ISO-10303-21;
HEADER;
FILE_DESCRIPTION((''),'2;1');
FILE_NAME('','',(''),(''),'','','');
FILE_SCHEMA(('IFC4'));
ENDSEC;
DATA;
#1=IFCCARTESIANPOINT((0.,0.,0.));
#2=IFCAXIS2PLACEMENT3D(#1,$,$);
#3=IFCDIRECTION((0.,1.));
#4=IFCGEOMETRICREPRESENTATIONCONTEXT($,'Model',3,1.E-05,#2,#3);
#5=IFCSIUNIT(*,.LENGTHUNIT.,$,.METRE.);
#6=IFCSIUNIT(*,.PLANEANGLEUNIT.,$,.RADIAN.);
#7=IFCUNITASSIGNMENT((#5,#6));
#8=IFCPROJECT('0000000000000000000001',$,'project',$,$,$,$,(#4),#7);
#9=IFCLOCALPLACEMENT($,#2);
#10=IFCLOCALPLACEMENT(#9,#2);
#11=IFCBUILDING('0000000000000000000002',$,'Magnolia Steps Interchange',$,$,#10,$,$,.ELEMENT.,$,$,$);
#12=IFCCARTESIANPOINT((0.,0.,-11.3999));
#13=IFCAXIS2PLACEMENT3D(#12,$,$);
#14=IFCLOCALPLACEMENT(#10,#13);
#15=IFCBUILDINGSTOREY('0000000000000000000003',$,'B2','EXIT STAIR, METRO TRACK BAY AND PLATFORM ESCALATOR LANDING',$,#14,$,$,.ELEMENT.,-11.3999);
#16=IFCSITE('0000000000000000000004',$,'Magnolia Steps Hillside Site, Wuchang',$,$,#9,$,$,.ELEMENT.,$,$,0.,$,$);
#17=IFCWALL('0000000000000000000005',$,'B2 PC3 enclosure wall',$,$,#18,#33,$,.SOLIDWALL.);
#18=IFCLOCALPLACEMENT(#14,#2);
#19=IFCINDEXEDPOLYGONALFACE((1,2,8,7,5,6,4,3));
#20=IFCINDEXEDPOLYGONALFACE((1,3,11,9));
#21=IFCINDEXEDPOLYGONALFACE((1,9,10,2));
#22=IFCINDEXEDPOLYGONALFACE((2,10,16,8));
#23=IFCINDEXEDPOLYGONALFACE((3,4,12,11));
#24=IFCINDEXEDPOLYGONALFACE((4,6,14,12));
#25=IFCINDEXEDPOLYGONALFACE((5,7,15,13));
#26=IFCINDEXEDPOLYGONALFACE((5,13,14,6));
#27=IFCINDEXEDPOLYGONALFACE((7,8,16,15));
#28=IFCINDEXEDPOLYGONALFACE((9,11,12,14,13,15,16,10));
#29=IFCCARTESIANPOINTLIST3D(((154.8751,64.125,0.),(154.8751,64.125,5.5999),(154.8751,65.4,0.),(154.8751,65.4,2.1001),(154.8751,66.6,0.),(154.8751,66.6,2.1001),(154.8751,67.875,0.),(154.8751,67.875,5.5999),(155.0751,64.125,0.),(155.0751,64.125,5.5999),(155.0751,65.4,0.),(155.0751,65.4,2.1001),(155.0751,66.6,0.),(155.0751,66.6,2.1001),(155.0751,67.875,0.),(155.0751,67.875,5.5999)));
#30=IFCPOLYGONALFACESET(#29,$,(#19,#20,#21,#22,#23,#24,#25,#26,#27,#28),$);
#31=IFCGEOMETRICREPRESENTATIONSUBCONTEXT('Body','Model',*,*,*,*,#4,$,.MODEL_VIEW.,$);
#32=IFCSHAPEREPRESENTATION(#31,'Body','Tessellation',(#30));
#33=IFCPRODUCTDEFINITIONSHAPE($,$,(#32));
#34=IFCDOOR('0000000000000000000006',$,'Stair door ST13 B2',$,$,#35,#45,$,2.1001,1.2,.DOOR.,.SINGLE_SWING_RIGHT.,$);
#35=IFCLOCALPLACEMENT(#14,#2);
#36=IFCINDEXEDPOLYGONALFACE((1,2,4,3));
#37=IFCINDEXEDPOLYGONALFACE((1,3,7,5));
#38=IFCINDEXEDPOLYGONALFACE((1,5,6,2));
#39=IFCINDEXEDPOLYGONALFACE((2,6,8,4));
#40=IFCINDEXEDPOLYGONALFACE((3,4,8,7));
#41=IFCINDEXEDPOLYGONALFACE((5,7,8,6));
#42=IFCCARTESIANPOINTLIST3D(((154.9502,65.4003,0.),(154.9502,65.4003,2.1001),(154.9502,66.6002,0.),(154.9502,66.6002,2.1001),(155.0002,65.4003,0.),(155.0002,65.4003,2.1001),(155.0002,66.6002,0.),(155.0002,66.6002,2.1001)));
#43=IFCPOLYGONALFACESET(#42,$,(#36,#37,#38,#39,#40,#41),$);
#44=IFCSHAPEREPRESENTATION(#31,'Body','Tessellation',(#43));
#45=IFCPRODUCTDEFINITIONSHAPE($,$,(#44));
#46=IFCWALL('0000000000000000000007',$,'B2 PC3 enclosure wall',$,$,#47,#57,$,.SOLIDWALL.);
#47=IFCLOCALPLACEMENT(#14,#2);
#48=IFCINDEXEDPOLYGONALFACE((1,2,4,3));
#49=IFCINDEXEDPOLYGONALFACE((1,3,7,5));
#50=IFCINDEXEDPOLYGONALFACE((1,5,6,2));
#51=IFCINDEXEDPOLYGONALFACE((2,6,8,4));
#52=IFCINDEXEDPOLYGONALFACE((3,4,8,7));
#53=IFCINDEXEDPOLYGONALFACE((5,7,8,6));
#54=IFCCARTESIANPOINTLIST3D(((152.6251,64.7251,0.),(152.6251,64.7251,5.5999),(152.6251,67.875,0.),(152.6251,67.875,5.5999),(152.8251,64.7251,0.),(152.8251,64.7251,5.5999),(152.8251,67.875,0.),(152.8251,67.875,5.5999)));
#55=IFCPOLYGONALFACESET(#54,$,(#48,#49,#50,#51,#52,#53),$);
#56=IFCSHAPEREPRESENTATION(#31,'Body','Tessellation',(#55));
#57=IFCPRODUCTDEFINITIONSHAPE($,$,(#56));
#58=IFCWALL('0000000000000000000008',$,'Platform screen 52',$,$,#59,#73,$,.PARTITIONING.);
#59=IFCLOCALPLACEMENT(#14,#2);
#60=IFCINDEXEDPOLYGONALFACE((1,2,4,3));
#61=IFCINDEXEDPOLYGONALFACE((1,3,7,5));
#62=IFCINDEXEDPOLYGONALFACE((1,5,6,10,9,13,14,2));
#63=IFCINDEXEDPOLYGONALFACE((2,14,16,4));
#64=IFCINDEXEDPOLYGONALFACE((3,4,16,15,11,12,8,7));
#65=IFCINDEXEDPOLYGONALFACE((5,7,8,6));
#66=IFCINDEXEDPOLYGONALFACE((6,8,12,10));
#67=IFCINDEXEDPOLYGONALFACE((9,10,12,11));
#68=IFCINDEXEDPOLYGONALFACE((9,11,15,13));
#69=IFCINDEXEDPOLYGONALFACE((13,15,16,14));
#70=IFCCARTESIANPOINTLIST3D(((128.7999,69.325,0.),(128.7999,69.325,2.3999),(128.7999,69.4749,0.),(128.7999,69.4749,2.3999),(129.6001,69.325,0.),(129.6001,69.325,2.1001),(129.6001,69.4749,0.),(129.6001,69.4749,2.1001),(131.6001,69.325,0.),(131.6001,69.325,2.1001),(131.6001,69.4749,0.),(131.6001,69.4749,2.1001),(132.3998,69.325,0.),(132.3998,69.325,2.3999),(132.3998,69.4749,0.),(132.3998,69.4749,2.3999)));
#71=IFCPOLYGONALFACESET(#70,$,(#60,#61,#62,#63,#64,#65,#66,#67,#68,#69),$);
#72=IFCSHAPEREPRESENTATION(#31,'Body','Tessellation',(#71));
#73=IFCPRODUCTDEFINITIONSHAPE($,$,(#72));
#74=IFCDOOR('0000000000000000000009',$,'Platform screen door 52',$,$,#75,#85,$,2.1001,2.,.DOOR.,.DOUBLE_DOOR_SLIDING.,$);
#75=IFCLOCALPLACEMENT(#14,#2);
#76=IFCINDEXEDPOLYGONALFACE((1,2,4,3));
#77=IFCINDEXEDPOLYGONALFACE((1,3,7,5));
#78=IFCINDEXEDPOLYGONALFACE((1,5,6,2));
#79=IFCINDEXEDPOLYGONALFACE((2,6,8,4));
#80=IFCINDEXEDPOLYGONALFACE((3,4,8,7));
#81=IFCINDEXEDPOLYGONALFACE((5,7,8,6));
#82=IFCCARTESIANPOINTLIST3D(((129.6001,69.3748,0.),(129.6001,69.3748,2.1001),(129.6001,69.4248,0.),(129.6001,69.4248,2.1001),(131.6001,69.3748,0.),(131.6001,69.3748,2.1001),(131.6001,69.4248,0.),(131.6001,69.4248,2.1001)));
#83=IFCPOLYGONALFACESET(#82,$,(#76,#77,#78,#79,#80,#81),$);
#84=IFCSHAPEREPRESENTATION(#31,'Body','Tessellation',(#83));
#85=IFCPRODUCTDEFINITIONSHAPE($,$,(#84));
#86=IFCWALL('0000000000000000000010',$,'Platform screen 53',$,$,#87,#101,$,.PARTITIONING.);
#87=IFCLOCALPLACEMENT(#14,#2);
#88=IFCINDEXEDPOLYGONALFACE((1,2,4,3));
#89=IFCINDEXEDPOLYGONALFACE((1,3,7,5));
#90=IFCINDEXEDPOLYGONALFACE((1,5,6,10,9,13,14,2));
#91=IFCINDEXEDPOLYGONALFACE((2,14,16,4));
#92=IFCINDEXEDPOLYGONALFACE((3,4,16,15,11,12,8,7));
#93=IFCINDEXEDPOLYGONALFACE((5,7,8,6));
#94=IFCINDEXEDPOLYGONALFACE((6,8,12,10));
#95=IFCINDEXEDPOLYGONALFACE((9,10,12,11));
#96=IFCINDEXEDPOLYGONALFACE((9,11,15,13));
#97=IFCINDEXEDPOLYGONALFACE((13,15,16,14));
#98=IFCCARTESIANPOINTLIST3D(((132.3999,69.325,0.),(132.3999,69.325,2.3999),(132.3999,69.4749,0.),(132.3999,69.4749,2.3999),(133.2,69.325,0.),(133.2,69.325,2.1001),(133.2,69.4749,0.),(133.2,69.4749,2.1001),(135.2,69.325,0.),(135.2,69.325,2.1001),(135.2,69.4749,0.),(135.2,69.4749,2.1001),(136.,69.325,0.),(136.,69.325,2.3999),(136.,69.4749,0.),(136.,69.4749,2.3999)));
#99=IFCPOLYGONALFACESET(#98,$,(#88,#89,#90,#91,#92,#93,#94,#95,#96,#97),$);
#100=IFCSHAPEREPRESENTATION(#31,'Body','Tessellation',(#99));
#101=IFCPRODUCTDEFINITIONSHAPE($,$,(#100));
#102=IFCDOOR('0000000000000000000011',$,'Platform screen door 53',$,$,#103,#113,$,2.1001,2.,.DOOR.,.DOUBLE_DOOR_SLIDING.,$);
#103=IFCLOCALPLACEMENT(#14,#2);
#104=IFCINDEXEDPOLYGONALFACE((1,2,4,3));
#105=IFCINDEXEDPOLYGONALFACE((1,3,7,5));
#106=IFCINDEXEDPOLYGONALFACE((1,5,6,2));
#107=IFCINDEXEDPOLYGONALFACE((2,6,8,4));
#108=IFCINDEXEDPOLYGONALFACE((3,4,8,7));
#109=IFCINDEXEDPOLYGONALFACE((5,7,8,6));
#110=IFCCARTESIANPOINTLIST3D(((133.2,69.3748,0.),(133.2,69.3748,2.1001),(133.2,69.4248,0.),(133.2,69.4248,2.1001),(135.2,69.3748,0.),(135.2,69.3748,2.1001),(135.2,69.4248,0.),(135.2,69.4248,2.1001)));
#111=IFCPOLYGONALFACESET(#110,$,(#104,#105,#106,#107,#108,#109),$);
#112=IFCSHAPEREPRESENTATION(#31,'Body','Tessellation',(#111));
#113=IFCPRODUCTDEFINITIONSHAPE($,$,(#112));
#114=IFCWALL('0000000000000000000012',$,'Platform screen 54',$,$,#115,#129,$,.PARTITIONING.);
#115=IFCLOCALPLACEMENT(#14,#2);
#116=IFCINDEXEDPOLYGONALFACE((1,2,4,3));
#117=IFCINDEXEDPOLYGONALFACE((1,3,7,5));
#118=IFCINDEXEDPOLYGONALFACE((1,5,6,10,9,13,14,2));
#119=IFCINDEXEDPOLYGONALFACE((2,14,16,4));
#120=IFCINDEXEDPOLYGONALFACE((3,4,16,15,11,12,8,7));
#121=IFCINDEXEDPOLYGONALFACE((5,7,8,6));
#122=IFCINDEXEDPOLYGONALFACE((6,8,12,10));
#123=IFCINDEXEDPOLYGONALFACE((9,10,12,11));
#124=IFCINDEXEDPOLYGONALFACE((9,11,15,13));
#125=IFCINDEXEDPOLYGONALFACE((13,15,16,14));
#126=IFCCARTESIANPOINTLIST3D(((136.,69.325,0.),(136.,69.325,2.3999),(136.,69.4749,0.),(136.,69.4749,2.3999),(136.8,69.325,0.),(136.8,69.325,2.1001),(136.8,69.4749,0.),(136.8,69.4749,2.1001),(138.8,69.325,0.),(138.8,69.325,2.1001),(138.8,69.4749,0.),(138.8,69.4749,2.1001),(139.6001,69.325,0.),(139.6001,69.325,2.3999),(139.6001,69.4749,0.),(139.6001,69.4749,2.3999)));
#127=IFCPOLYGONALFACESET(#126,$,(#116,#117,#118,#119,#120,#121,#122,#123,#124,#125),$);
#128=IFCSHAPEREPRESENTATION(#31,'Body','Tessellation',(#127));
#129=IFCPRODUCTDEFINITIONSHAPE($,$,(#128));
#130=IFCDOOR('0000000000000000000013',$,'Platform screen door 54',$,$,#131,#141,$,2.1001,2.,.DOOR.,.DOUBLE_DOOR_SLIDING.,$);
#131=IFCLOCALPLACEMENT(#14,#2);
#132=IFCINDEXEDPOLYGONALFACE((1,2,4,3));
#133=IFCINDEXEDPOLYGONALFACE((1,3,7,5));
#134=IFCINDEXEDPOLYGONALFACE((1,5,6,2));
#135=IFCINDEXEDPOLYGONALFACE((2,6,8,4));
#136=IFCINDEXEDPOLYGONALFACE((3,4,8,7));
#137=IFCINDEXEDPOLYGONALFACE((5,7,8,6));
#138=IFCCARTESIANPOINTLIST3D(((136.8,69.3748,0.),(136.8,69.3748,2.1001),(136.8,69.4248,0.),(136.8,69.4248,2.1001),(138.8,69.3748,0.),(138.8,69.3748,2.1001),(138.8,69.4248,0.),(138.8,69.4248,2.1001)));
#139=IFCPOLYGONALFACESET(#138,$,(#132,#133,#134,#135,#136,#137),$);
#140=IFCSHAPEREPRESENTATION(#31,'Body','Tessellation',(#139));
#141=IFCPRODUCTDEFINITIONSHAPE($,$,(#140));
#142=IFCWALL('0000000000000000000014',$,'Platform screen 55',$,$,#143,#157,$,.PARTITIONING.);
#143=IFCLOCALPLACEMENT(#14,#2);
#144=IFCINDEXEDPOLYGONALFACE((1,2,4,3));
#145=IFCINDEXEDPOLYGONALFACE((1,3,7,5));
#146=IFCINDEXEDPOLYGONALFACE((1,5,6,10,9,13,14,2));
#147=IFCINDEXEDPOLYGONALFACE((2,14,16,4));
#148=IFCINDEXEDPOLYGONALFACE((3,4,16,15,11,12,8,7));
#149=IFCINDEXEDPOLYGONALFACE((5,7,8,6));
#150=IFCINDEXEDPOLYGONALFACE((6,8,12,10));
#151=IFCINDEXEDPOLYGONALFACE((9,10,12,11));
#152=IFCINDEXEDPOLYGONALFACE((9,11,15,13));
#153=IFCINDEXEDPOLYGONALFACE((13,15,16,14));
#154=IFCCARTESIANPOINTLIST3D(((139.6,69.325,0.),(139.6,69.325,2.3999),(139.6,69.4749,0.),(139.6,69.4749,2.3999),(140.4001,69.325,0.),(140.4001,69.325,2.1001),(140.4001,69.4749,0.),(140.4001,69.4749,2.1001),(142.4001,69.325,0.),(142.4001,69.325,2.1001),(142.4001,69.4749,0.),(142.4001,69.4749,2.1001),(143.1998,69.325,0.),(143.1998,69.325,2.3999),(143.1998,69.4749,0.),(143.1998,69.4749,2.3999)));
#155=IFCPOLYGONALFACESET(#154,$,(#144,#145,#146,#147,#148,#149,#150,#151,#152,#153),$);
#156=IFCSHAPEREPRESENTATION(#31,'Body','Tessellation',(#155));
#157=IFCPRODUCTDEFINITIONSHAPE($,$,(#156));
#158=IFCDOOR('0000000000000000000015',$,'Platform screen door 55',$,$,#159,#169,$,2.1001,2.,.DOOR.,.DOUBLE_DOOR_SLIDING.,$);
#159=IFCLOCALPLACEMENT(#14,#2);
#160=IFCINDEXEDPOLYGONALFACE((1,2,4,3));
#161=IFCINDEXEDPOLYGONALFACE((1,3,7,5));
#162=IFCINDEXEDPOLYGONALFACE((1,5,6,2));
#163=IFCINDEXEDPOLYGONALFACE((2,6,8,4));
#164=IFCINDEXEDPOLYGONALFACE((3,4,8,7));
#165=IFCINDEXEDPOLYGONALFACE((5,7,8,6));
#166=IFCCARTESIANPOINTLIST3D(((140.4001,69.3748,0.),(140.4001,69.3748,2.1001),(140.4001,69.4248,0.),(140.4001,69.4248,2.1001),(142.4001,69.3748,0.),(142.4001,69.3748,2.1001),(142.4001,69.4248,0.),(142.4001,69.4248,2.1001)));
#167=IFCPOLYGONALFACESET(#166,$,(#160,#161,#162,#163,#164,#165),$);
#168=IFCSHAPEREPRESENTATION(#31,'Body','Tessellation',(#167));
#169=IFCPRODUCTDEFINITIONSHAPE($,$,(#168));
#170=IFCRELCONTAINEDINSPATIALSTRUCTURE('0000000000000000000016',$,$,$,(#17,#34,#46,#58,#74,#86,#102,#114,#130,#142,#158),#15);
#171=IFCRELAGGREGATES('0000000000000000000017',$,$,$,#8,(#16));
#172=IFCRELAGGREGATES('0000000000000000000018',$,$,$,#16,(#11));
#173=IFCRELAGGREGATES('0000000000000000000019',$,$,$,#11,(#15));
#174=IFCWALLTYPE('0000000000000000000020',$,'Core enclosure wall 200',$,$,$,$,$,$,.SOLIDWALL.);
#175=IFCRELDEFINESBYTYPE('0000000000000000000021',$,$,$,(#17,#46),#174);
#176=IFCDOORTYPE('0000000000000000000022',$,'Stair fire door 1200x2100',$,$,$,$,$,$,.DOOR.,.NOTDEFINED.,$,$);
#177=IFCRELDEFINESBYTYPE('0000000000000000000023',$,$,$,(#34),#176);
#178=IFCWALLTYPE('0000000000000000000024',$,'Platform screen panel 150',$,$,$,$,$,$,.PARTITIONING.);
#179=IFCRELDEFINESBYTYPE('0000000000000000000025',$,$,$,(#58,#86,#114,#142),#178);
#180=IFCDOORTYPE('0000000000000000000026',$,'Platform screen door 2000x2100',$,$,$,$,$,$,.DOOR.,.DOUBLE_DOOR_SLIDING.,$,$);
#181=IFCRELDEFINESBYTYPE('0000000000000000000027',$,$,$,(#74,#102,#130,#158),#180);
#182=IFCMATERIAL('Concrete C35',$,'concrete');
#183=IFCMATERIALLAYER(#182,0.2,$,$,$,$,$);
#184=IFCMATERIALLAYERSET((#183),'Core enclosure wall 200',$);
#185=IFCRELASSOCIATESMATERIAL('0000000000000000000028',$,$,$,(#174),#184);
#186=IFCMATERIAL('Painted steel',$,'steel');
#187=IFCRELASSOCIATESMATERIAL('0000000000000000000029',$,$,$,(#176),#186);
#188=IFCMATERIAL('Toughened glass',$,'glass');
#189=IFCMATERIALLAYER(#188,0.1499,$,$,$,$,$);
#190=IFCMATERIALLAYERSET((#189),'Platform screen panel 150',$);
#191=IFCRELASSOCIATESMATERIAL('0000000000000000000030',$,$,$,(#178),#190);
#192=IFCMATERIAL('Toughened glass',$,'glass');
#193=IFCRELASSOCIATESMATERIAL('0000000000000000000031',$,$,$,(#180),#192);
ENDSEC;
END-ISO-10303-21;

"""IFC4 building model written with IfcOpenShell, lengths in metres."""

from ifc_helpers import new_model, si_unit, direction, frame, frame_2d, origin, place, context, subcontext, project, spatial, rectangle, extrude, material, layer, layer_set, type_object, element, fill, save


model = new_model("IFC4")

# Units and contexts
model_context = context("Model", 3, precision=1e-05, world=origin(), true_north=direction((0.0, 1.0)))
body_context = subcontext(model_context, "Body", "Model", "MODEL_VIEW")
ifc_project = project(units=[si_unit("LENGTHUNIT", "METRE"), si_unit("PLANEANGLEUNIT", "RADIAN")], contexts=[model_context])

# Site, building, storey
site_placement = place(None, origin())
site = spatial("IfcSite", under=ifc_project, at=site_placement, Name="Magnolia Steps Hillside Site, Wuchang", CompositionType="ELEMENT", RefElevation=0.0)
building_placement = place(site_placement, origin())
building = spatial("IfcBuilding", under=site, at=building_placement, Name="Magnolia Steps Interchange", CompositionType="ELEMENT")
storey_placement = place(building_placement, frame((0.0, 0.0, -11.3999)))
storey = spatial("IfcBuildingStorey", under=building, at=storey_placement, Name="B2", Description="EXIT STAIR, METRO TRACK BAY AND PLATFORM ESCALATOR LANDING", CompositionType="ELEMENT", Elevation=-11.3999)

# Wall, opening, door
ifc_material_1 = material(Name="Concrete C35", Category="concrete")
ifc_layer_1 = layer(ifc_material_1, 0.2)
ifc_layer_set_1 = layer_set([ifc_layer_1], Name="Core enclosure wall 200")
wall_type_1 = type_object("IfcWallType", Name="Core enclosure wall 200", PredefinedType="SOLIDWALL", material=ifc_layer_set_1)
wall_1_placement = place(storey_placement, frame((154.9751, 67.875, 0.0), z_axis=(0.0, 0.0, 1.0), x_axis=(0.0, -1.0, 0.0)))
wall_1 = element("IfcWall", 1, at=wall_1_placement, inside=storey, type_object=wall_type_1, Name="B2 PC3 enclosure wall", PredefinedType="SOLIDWALL", context=body_context, shape_type="SweptSolid", body=[
    extrude(rectangle(XDim=3.75, YDim=0.2, at=frame_2d((1.875, 0.0))), origin(), (0.0, 0.0, 1.0), 5.5999),
])
opening_1_placement = place(wall_1_placement, frame((1.2749, 0.0, 0.0)))
opening_1 = element("IfcOpeningElement", 2, at=opening_1_placement, cuts=wall_1, PredefinedType="OPENING", context=body_context, shape_type="SweptSolid", body=[
    extrude(rectangle(XDim=1.2, YDim=2.1001, at=frame_2d((0.6001, 1.05))), frame((0.0, 0.1099, 0.0), z_axis=(0.0, -1.0, 0.0), x_axis=(1.0, 0.0, 0.0)), (0.0, 0.0, 1.0), 0.22),
])
ifc_material_2 = material(Name="Painted steel", Category="steel")
door_type_1 = type_object("IfcDoorType", Name="Stair fire door 1200x2100", OperationType="NOTDEFINED", PredefinedType="DOOR", material=ifc_material_2)
door_1_placement = place(opening_1_placement, frame((1.2, 0.0, 0.0), z_axis=(0.0, 0.0, 1.0), x_axis=(-1.0, 0.0, 0.0)))
door_1 = element("IfcDoor", 3, at=door_1_placement, inside=storey, type_object=door_type_1, Name="Stair door ST13 B2", OperationType="SINGLE_SWING_RIGHT", OverallHeight=2.1001, OverallWidth=1.2, PredefinedType="DOOR", context=body_context, shape_type="SweptSolid", body=[
    extrude(rectangle(XDim=1.2, YDim=2.1001, at=frame_2d((0.6001, 1.05))), frame((0.0, 0.0249, 0.0), z_axis=(0.0, -1.0, 0.0), x_axis=(1.0, 0.0, 0.0)), (0.0, 0.0, 1.0), 0.05),
])
fill(opening_1, door_1)

# Wall
wall_2_placement = place(storey_placement, frame((152.7251, 67.875, 0.0), z_axis=(0.0, 0.0, 1.0), x_axis=(0.0, -1.0, 0.0)))
element("IfcWall", 4, at=wall_2_placement, inside=storey, type_object=wall_type_1, Name="B2 PC3 enclosure wall", PredefinedType="SOLIDWALL", context=body_context, shape_type="SweptSolid", body=[
    extrude(rectangle(XDim=3.1499, YDim=0.2, at=frame_2d((1.575, 0.0))), origin(), (0.0, 0.0, 1.0), 5.5999),
])

# Walls, openings, doors
ifc_material_3 = material(Name="Toughened glass", Category="glass")
ifc_layer_2 = layer(ifc_material_3, 0.1499)
ifc_layer_set_2 = layer_set([ifc_layer_2], Name="Platform screen panel 150")
wall_type_2 = type_object("IfcWallType", Name="Platform screen panel 150", PredefinedType="PARTITIONING", material=ifc_layer_set_2)
wall_3_placement = place(storey_placement, frame((128.8, 69.3999, 0.0), z_axis=(0.0, 0.0, 1.0), x_axis=(1.0, 0.0, 0.0)))
wall_3 = element("IfcWall", 5, at=wall_3_placement, inside=storey, type_object=wall_type_2, Name="Platform screen 52", PredefinedType="PARTITIONING", context=body_context, shape_type="SweptSolid", body=[
    extrude(rectangle(XDim=3.5999, YDim=0.1499, at=frame_2d((1.7998, 0.0))), origin(), (0.0, 0.0, 1.0), 2.3999),
])
opening_2_placement = place(wall_3_placement, frame((0.8, 0.0, 0.0)))
opening_2 = element("IfcOpeningElement", 6, at=opening_2_placement, cuts=wall_3, PredefinedType="OPENING", context=body_context, shape_type="SweptSolid", body=[
    extrude(rectangle(XDim=2.0, YDim=2.1001, at=frame_2d((1.0, 1.05))), frame((0.0, 0.085, 0.0), z_axis=(0.0, -1.0, 0.0), x_axis=(1.0, 0.0, 0.0)), (0.0, 0.0, 1.0), 0.1699),
])
ifc_material_4 = material(Name="Toughened glass", Category="glass")
door_type_2 = type_object("IfcDoorType", Name="Platform screen door 2000x2100", OperationType="DOUBLE_DOOR_SLIDING", PredefinedType="DOOR", material=ifc_material_4)
door_2_placement = place(opening_2_placement, origin())
door_2 = element("IfcDoor", 7, at=door_2_placement, inside=storey, type_object=door_type_2, Name="Platform screen door 52", OperationType="DOUBLE_DOOR_SLIDING", OverallHeight=2.1001, OverallWidth=2.0, PredefinedType="DOOR", context=body_context, shape_type="SweptSolid", body=[
    extrude(rectangle(XDim=2.0, YDim=2.1001, at=frame_2d((1.0, 1.05))), frame((0.0, 0.0249, 0.0), z_axis=(0.0, -1.0, 0.0), x_axis=(1.0, 0.0, 0.0)), (0.0, 0.0, 1.0), 0.05),
])
fill(opening_2, door_2)
wall_4_placement = place(storey_placement, frame((132.3999, 69.3999, 0.0), z_axis=(0.0, 0.0, 1.0), x_axis=(1.0, 0.0, 0.0)))
wall_4 = element("IfcWall", 8, at=wall_4_placement, inside=storey, type_object=wall_type_2, Name="Platform screen 53", PredefinedType="PARTITIONING", context=body_context, shape_type="SweptSolid", body=[
    extrude(rectangle(XDim=3.6001, YDim=0.1499, at=frame_2d((1.8, 0.0))), origin(), (0.0, 0.0, 1.0), 2.3999),
])
opening_3_placement = place(wall_4_placement, frame((0.8, 0.0, 0.0)))
opening_3 = element("IfcOpeningElement", 9, at=opening_3_placement, cuts=wall_4, PredefinedType="OPENING", context=body_context, shape_type="SweptSolid", body=[
    extrude(rectangle(XDim=2.0, YDim=2.1001, at=frame_2d((1.0, 1.05))), frame((0.0, 0.085, 0.0), z_axis=(0.0, -1.0, 0.0), x_axis=(1.0, 0.0, 0.0)), (0.0, 0.0, 1.0), 0.1699),
])
door_3_placement = place(opening_3_placement, origin())
door_3 = element("IfcDoor", 10, at=door_3_placement, inside=storey, type_object=door_type_2, Name="Platform screen door 53", OperationType="DOUBLE_DOOR_SLIDING", OverallHeight=2.1001, OverallWidth=2.0, PredefinedType="DOOR", context=body_context, shape_type="SweptSolid", body=[
    extrude(rectangle(XDim=2.0, YDim=2.1001, at=frame_2d((1.0, 1.05))), frame((0.0, 0.0249, 0.0), z_axis=(0.0, -1.0, 0.0), x_axis=(1.0, 0.0, 0.0)), (0.0, 0.0, 1.0), 0.05),
])
fill(opening_3, door_3)
wall_5_placement = place(storey_placement, frame((136.0, 69.3999, 0.0), z_axis=(0.0, 0.0, 1.0), x_axis=(1.0, 0.0, 0.0)))
wall_5 = element("IfcWall", 11, at=wall_5_placement, inside=storey, type_object=wall_type_2, Name="Platform screen 54", PredefinedType="PARTITIONING", context=body_context, shape_type="SweptSolid", body=[
    extrude(rectangle(XDim=3.6001, YDim=0.1499, at=frame_2d((1.8, 0.0))), origin(), (0.0, 0.0, 1.0), 2.3999),
])
opening_4_placement = place(wall_5_placement, frame((0.8, 0.0, 0.0)))
opening_4 = element("IfcOpeningElement", 12, at=opening_4_placement, cuts=wall_5, PredefinedType="OPENING", context=body_context, shape_type="SweptSolid", body=[
    extrude(rectangle(XDim=2.0, YDim=2.1001, at=frame_2d((1.0, 1.05))), frame((0.0, 0.085, 0.0), z_axis=(0.0, -1.0, 0.0), x_axis=(1.0, 0.0, 0.0)), (0.0, 0.0, 1.0), 0.1699),
])
door_4_placement = place(opening_4_placement, origin())
door_4 = element("IfcDoor", 13, at=door_4_placement, inside=storey, type_object=door_type_2, Name="Platform screen door 54", OperationType="DOUBLE_DOOR_SLIDING", OverallHeight=2.1001, OverallWidth=2.0, PredefinedType="DOOR", context=body_context, shape_type="SweptSolid", body=[
    extrude(rectangle(XDim=2.0, YDim=2.1001, at=frame_2d((1.0, 1.05))), frame((0.0, 0.0249, 0.0), z_axis=(0.0, -1.0, 0.0), x_axis=(1.0, 0.0, 0.0)), (0.0, 0.0, 1.0), 0.05),
])
fill(opening_4, door_4)
wall_6_placement = place(storey_placement, frame((139.6001, 69.3999, 0.0), z_axis=(0.0, 0.0, 1.0), x_axis=(1.0, 0.0, 0.0)))
wall_6 = element("IfcWall", 14, at=wall_6_placement, inside=storey, type_object=wall_type_2, Name="Platform screen 55", PredefinedType="PARTITIONING", context=body_context, shape_type="SweptSolid", body=[
    extrude(rectangle(XDim=3.5999, YDim=0.1499, at=frame_2d((1.7998, 0.0))), origin(), (0.0, 0.0, 1.0), 2.3999),
])
opening_5_placement = place(wall_6_placement, frame((0.8, 0.0, 0.0)))
opening_5 = element("IfcOpeningElement", 15, at=opening_5_placement, cuts=wall_6, PredefinedType="OPENING", context=body_context, shape_type="SweptSolid", body=[
    extrude(rectangle(XDim=2.0, YDim=2.1001, at=frame_2d((1.0, 1.05))), frame((0.0, 0.085, 0.0), z_axis=(0.0, -1.0, 0.0), x_axis=(1.0, 0.0, 0.0)), (0.0, 0.0, 1.0), 0.1699),
])
door_5_placement = place(opening_5_placement, origin())
door_5 = element("IfcDoor", 16, at=door_5_placement, inside=storey, type_object=door_type_2, Name="Platform screen door 55", OperationType="DOUBLE_DOOR_SLIDING", OverallHeight=2.1001, OverallWidth=2.0, PredefinedType="DOOR", context=body_context, shape_type="SweptSolid", body=[
    extrude(rectangle(XDim=2.0, YDim=2.1001, at=frame_2d((1.0, 1.05))), frame((0.0, 0.0249, 0.0), z_axis=(0.0, -1.0, 0.0), x_axis=(1.0, 0.0, 0.0)), (0.0, 0.0, 1.0), 0.05),
])
fill(opening_5, door_5)

save(model, "model.ifc")
